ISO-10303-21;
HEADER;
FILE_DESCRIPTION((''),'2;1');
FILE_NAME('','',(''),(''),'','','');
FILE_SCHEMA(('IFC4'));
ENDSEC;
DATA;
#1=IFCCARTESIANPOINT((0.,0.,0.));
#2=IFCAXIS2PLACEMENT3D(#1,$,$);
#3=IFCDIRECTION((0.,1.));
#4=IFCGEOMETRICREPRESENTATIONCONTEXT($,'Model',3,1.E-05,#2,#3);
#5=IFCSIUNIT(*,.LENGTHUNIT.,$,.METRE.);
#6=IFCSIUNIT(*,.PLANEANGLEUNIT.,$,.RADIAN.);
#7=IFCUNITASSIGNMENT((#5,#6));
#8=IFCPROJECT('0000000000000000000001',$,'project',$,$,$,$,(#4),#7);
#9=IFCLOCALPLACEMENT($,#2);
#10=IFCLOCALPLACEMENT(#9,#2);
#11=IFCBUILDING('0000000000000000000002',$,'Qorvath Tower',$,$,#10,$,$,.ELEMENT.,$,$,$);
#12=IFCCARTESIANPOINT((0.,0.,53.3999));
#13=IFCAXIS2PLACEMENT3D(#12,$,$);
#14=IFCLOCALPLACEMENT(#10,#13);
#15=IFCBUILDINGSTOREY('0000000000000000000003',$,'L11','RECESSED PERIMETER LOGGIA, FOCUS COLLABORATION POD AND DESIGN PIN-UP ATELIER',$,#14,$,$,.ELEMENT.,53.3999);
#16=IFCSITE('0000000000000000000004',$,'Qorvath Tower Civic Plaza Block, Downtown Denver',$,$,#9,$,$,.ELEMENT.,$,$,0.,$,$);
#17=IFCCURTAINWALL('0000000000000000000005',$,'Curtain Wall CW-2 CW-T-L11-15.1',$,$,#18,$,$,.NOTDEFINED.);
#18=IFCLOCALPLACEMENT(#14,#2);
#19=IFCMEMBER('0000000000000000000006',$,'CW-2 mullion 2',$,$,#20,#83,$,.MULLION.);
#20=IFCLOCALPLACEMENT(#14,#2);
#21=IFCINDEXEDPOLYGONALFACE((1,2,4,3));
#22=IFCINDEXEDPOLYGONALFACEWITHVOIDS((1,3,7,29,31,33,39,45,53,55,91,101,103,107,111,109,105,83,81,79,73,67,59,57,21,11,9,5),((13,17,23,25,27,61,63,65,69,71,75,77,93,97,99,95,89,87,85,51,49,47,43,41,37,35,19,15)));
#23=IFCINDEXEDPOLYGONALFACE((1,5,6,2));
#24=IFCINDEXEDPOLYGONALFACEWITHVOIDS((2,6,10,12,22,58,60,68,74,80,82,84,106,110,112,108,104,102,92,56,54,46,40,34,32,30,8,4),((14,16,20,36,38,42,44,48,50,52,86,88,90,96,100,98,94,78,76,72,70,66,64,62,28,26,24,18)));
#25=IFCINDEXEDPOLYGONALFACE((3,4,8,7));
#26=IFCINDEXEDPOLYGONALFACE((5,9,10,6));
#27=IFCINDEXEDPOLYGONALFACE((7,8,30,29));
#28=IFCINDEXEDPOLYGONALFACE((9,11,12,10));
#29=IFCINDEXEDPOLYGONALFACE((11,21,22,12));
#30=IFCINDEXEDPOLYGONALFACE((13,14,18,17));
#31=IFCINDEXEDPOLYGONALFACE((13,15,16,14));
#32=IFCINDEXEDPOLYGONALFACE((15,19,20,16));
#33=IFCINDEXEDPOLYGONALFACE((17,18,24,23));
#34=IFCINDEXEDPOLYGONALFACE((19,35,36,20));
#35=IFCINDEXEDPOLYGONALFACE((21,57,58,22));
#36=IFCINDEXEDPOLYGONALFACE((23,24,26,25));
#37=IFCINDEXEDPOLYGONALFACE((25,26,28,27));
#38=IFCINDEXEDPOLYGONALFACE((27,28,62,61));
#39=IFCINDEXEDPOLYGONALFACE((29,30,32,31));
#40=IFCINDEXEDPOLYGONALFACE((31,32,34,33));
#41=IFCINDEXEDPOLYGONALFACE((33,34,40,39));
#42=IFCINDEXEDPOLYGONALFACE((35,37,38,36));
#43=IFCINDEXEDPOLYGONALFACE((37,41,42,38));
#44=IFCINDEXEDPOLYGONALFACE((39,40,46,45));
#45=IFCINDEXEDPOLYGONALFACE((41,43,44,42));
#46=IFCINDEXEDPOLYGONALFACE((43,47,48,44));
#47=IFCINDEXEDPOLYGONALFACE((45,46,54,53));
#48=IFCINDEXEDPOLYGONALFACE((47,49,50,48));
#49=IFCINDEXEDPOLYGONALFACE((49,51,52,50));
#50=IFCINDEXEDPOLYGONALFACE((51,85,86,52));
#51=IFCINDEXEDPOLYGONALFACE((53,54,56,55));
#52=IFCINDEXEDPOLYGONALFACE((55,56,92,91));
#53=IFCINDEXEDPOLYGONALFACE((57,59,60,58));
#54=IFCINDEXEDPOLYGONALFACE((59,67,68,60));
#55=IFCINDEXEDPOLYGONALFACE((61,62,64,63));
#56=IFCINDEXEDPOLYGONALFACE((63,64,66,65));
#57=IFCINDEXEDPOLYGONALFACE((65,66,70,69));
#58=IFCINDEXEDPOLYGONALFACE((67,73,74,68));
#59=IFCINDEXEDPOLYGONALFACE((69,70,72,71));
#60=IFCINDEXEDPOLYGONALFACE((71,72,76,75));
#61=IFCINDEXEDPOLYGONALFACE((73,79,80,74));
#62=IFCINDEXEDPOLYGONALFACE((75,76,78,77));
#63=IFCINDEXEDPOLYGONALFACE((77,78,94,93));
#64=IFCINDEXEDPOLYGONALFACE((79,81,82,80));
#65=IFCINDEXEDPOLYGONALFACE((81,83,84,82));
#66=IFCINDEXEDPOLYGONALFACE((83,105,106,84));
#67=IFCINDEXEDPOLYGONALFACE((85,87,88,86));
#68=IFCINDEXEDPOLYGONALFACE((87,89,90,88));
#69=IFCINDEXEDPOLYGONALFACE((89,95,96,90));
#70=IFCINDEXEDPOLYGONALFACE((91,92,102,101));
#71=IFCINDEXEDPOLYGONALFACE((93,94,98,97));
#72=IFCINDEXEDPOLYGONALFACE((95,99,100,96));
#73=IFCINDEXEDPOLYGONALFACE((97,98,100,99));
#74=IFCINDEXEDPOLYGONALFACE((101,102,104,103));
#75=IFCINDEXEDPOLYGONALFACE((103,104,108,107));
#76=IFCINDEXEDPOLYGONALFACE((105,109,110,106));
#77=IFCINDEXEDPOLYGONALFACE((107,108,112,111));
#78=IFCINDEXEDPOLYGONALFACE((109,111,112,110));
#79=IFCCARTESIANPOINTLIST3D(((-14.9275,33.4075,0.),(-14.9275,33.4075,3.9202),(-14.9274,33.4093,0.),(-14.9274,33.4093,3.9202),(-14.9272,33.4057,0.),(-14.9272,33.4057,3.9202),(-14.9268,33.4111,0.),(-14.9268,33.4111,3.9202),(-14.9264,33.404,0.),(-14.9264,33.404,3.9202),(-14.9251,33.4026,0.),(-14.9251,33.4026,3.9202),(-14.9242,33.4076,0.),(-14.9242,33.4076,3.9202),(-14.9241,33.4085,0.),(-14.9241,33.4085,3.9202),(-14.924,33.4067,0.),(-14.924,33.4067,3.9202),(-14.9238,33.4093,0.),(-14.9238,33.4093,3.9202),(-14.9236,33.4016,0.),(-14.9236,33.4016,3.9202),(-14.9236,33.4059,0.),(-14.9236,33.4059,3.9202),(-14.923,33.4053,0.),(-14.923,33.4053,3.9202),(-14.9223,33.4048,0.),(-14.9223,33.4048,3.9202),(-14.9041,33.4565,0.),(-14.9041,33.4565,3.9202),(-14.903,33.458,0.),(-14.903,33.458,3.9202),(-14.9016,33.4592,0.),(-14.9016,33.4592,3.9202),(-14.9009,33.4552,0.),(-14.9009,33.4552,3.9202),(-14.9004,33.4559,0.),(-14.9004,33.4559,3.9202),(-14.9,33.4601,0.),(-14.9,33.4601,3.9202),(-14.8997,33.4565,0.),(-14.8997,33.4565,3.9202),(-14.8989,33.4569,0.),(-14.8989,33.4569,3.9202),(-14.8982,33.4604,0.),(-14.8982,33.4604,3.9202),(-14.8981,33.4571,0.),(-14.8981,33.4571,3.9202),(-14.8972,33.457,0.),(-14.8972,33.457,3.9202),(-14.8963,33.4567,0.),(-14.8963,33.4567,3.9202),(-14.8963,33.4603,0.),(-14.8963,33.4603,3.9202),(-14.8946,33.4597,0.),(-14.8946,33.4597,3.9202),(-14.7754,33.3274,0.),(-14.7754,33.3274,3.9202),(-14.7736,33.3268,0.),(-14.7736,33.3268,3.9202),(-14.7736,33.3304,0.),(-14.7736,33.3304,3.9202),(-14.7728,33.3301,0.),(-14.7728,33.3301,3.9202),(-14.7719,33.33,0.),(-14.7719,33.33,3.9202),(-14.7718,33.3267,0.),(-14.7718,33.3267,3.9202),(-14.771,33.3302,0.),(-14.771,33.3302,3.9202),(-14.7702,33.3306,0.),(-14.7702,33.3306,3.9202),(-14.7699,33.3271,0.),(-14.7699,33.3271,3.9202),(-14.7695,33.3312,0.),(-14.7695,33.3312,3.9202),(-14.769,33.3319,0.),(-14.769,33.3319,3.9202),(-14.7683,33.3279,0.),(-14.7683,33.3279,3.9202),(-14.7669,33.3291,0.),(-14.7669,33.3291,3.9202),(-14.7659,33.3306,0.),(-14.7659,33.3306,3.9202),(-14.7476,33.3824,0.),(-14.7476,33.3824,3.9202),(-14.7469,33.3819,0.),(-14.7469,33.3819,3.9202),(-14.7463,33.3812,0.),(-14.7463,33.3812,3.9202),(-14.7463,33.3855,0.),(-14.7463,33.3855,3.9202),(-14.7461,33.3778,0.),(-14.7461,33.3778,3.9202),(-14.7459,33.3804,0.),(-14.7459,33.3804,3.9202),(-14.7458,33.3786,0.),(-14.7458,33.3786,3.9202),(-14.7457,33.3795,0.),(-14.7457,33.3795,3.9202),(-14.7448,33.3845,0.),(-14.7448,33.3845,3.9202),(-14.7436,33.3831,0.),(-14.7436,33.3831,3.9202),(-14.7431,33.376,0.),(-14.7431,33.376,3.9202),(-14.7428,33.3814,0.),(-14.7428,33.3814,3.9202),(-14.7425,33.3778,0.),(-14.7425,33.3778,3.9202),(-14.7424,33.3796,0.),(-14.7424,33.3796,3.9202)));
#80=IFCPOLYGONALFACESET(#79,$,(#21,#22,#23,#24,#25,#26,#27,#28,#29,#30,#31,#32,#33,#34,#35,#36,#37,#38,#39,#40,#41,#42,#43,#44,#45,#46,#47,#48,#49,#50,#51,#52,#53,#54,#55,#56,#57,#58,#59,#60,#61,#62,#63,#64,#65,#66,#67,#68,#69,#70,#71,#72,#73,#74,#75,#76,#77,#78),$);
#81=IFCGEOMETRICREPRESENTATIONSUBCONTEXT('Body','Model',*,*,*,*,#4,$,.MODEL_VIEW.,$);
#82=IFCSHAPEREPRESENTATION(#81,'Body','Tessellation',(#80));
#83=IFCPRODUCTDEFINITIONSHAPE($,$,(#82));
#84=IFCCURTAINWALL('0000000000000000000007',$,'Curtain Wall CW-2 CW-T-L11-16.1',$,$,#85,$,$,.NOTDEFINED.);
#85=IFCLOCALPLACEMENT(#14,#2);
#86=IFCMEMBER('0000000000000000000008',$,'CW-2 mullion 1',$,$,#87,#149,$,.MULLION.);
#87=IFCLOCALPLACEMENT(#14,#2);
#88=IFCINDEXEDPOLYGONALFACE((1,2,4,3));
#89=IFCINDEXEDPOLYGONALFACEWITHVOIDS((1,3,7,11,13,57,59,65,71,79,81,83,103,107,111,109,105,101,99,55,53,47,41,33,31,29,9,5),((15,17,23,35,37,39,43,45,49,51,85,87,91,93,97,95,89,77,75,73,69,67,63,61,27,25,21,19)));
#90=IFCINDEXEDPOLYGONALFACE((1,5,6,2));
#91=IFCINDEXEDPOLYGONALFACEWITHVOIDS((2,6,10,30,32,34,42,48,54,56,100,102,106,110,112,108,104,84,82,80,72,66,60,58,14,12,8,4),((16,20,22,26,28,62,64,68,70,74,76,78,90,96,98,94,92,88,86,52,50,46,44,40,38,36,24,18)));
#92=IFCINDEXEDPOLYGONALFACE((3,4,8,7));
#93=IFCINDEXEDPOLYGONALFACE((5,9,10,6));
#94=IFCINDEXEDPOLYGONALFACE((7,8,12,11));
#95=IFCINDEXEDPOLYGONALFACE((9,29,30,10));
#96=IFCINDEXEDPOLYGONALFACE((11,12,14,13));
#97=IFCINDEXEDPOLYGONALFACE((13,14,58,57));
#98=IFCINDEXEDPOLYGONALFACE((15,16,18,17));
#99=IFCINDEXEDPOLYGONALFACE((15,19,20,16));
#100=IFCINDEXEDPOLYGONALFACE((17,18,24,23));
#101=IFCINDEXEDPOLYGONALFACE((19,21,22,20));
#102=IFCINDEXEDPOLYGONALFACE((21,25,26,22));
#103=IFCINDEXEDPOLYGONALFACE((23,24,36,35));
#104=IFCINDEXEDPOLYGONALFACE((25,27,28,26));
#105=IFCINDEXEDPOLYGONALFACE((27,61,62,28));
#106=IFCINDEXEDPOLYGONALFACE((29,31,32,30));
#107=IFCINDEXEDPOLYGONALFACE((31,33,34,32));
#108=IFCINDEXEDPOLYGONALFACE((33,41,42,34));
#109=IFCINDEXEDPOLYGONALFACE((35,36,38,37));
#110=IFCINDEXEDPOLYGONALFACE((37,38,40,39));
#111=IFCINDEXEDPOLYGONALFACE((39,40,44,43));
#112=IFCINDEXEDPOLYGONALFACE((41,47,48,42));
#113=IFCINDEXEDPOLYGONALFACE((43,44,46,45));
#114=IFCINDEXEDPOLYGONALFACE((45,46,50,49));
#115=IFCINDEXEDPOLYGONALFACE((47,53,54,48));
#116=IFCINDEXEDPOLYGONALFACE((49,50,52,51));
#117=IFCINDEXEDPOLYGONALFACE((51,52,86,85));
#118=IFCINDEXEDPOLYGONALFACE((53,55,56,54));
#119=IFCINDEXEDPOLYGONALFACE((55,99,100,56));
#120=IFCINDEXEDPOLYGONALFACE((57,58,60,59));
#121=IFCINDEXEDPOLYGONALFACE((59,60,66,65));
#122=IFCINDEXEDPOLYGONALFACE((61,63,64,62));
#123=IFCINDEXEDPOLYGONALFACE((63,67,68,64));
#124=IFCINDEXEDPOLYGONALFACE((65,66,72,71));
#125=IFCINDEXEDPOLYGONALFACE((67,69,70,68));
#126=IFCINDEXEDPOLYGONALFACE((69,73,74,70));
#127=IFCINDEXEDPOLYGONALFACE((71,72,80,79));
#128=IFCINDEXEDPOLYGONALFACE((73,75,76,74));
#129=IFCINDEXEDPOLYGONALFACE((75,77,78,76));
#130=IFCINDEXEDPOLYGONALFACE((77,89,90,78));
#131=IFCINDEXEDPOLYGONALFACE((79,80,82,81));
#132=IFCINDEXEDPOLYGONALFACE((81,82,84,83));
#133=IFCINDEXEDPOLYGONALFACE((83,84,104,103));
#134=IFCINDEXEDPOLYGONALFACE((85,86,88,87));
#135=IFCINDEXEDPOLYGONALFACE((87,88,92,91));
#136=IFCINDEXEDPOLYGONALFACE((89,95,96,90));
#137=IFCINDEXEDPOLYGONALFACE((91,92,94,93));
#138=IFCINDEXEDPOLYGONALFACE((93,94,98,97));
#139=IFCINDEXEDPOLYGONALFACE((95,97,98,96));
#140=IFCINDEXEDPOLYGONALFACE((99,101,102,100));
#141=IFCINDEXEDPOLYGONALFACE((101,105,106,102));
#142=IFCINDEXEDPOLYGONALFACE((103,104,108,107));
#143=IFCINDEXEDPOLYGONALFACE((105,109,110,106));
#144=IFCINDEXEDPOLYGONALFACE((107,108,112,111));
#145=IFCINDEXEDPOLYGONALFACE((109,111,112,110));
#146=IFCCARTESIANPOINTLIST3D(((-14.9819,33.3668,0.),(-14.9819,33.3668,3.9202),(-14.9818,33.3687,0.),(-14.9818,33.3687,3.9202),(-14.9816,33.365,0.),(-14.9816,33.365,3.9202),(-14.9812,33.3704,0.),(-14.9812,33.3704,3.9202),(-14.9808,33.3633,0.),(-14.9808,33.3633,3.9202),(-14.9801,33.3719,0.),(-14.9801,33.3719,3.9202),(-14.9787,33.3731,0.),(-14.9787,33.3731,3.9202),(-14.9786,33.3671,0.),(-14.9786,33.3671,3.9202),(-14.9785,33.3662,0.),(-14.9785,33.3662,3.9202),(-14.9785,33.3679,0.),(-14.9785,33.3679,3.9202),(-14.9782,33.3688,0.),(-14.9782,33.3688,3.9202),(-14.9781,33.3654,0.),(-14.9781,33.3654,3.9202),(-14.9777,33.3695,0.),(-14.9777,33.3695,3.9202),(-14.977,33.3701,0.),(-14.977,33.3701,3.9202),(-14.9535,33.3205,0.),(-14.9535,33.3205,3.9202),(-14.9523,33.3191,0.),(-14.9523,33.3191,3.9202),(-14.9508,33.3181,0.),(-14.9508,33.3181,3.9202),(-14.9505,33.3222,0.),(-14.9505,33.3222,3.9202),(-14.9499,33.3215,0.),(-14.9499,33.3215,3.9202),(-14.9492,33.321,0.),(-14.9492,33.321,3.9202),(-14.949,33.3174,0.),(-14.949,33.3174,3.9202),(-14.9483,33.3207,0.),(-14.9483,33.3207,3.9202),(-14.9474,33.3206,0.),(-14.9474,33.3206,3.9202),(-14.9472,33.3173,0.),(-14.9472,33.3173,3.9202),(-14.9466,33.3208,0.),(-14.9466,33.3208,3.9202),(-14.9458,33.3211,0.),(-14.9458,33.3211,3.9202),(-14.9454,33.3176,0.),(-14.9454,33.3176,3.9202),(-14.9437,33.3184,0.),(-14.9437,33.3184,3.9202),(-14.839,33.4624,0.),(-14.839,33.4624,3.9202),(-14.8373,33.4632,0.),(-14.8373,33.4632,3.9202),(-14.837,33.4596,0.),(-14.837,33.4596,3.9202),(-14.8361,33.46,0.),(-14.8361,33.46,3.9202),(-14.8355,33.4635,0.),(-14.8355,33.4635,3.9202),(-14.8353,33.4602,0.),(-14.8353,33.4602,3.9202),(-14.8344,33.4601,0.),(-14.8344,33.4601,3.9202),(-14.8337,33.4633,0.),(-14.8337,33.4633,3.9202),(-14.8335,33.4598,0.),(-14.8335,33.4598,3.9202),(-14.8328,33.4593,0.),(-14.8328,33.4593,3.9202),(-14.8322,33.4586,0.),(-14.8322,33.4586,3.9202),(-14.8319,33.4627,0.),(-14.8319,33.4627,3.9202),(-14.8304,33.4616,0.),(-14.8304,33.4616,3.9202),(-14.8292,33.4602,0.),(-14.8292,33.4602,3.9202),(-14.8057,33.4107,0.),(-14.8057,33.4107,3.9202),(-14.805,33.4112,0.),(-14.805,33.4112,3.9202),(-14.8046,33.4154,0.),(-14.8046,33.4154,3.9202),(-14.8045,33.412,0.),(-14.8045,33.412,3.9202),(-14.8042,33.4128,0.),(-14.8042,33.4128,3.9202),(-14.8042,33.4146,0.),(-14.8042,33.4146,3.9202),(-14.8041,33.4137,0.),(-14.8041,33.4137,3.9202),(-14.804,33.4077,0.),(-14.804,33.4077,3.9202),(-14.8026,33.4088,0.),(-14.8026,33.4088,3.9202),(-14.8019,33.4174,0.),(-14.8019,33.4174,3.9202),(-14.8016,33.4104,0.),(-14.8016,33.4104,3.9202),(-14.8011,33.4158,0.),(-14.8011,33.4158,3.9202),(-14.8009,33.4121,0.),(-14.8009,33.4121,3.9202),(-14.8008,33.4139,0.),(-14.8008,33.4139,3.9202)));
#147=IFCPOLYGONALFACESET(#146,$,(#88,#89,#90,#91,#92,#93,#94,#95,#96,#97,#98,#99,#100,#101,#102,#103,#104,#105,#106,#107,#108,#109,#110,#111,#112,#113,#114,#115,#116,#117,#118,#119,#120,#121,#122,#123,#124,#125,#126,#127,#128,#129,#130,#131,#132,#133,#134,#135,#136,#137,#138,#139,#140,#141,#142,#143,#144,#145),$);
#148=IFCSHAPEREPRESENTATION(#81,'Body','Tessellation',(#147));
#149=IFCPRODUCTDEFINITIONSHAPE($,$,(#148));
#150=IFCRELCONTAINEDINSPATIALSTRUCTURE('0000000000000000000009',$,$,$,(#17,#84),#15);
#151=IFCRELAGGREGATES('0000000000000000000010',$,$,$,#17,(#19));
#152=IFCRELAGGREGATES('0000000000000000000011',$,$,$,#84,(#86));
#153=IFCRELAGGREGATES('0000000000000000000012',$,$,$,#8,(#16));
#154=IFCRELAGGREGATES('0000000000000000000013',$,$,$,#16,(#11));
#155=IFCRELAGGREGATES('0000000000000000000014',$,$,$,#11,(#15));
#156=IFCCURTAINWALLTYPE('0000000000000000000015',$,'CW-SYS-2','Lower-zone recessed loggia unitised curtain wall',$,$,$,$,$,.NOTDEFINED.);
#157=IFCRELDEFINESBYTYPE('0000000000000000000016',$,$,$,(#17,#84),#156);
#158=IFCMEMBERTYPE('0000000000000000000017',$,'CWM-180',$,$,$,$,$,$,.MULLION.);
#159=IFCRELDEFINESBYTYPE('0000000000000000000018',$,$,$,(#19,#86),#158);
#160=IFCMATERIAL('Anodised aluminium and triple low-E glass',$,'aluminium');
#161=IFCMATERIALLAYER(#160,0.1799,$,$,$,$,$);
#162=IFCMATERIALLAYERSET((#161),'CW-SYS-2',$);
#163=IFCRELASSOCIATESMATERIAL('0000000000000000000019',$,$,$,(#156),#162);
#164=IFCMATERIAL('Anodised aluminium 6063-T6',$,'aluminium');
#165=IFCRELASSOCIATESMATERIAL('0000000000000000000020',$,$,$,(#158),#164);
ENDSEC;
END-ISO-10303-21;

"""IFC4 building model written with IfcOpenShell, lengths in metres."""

from ifc_helpers import new_model, si_unit, direction, frame, origin, origin_2d, place, context, subcontext, project, spatial, hollow_rectangle, extrude, material, layer, layer_set, material_profile, profile_set, type_object, element, aggregate, save


model = new_model("IFC4")

# Units and contexts
model_context = context("Model", 3, precision=1e-05, world=origin(), true_north=direction((0.0, 1.0)))
body_context = subcontext(model_context, "Body", "Model", "MODEL_VIEW")
ifc_project = project(units=[si_unit("LENGTHUNIT", "METRE"), si_unit("PLANEANGLEUNIT", "RADIAN")], contexts=[model_context])

# Site, building, storey
site_placement = place(None, origin())
site = spatial("IfcSite", under=ifc_project, at=site_placement, Name="Qorvath Tower Civic Plaza Block, Downtown Denver", CompositionType="ELEMENT", RefElevation=0.0)
building_placement = place(site_placement, origin())
building = spatial("IfcBuilding", under=site, at=building_placement, Name="Qorvath Tower", CompositionType="ELEMENT")
storey_placement = place(building_placement, frame((0.0, 0.0, 53.3999)))
storey = spatial("IfcBuildingStorey", under=building, at=storey_placement, Name="L11", Description="RECESSED PERIMETER LOGGIA, FOCUS COLLABORATION POD AND DESIGN PIN-UP ATELIER", CompositionType="ELEMENT", Elevation=53.3999)

# Shared definitions
ifc_material_1 = material(Name="Anodised aluminium and triple low-E glass", Category="aluminium")
ifc_layer_1 = layer(ifc_material_1, 0.1799)
ifc_layer_set_1 = layer_set([ifc_layer_1], Name="CW-SYS-2")
curtain_wall_type = type_object("IfcCurtainWallType", Name="CW-SYS-2", Description="Lower-zone recessed loggia unitised curtain wall", PredefinedType="NOTDEFINED", material=ifc_layer_set_1)
ifc_material_2 = material(Name="Anodised aluminium 6063-T6", Category="aluminium")
ifc_material_profile_1 = material_profile(ifc_material_2, hollow_rectangle(XDim=0.0649, YDim=0.1799, WallThickness=0.0034, InnerFilletRadius=0.0034, OuterFilletRadius=0.0071, at=origin_2d()), Name="CWM 180x65")
ifc_profile_set_1 = profile_set([ifc_material_profile_1], Name="Anodised aluminium 6063-T6")
member_type_1 = type_object("IfcMemberType", Name="CWM-180", PredefinedType="MULLION", material=ifc_profile_set_1)

# Curtain walls, members
curtain_wall_1_placement = place(storey_placement, origin())
curtain_wall_1 = element("IfcCurtainWall", 1, at=curtain_wall_1_placement, inside=storey, type_object=curtain_wall_type, Name="Curtain Wall CW-2 CW-T-L11-15.1", PredefinedType="NOTDEFINED")
member_1_placement = place(storey_placement, frame((-14.835, 33.3936, 0.0), z_axis=(0.0, 0.0, 1.0), x_axis=(-0.447259, -0.894405, 0.0)))
member_1 = element("IfcMember", 2, at=member_1_placement, type_object=member_type_1, Name="CW-2 mullion 2", PredefinedType="MULLION", context=body_context, shape_type="SweptSolid", body=[
    extrude(hollow_rectangle(XDim=0.0649, YDim=0.1799, WallThickness=0.0034, InnerFilletRadius=0.0034, OuterFilletRadius=0.0071, at=origin_2d()), origin(), (0.0, 0.0, 1.0), 3.9202),
])
curtain_wall_2_placement = place(storey_placement, origin())
curtain_wall_2 = element("IfcCurtainWall", 3, at=curtain_wall_2_placement, inside=storey, type_object=curtain_wall_type, Name="Curtain Wall CW-2 CW-T-L11-16.1", PredefinedType="NOTDEFINED")
member_2_placement = place(storey_placement, frame((-14.8914, 33.3904, 0.0), z_axis=(0.0, 0.0, 1.0), x_axis=(0.538533, -0.842604, 0.0)))
member_2 = element("IfcMember", 4, at=member_2_placement, type_object=member_type_1, Name="CW-2 mullion 1", PredefinedType="MULLION", context=body_context, shape_type="SweptSolid", body=[
    extrude(hollow_rectangle(XDim=0.0649, YDim=0.1799, WallThickness=0.0034, InnerFilletRadius=0.0034, OuterFilletRadius=0.0071, at=origin_2d()), origin(), (0.0, 0.0, 1.0), 3.9202),
])

aggregate(curtain_wall_1, [member_1])
aggregate(curtain_wall_2, [member_2])

save(model, "model.ifc")
